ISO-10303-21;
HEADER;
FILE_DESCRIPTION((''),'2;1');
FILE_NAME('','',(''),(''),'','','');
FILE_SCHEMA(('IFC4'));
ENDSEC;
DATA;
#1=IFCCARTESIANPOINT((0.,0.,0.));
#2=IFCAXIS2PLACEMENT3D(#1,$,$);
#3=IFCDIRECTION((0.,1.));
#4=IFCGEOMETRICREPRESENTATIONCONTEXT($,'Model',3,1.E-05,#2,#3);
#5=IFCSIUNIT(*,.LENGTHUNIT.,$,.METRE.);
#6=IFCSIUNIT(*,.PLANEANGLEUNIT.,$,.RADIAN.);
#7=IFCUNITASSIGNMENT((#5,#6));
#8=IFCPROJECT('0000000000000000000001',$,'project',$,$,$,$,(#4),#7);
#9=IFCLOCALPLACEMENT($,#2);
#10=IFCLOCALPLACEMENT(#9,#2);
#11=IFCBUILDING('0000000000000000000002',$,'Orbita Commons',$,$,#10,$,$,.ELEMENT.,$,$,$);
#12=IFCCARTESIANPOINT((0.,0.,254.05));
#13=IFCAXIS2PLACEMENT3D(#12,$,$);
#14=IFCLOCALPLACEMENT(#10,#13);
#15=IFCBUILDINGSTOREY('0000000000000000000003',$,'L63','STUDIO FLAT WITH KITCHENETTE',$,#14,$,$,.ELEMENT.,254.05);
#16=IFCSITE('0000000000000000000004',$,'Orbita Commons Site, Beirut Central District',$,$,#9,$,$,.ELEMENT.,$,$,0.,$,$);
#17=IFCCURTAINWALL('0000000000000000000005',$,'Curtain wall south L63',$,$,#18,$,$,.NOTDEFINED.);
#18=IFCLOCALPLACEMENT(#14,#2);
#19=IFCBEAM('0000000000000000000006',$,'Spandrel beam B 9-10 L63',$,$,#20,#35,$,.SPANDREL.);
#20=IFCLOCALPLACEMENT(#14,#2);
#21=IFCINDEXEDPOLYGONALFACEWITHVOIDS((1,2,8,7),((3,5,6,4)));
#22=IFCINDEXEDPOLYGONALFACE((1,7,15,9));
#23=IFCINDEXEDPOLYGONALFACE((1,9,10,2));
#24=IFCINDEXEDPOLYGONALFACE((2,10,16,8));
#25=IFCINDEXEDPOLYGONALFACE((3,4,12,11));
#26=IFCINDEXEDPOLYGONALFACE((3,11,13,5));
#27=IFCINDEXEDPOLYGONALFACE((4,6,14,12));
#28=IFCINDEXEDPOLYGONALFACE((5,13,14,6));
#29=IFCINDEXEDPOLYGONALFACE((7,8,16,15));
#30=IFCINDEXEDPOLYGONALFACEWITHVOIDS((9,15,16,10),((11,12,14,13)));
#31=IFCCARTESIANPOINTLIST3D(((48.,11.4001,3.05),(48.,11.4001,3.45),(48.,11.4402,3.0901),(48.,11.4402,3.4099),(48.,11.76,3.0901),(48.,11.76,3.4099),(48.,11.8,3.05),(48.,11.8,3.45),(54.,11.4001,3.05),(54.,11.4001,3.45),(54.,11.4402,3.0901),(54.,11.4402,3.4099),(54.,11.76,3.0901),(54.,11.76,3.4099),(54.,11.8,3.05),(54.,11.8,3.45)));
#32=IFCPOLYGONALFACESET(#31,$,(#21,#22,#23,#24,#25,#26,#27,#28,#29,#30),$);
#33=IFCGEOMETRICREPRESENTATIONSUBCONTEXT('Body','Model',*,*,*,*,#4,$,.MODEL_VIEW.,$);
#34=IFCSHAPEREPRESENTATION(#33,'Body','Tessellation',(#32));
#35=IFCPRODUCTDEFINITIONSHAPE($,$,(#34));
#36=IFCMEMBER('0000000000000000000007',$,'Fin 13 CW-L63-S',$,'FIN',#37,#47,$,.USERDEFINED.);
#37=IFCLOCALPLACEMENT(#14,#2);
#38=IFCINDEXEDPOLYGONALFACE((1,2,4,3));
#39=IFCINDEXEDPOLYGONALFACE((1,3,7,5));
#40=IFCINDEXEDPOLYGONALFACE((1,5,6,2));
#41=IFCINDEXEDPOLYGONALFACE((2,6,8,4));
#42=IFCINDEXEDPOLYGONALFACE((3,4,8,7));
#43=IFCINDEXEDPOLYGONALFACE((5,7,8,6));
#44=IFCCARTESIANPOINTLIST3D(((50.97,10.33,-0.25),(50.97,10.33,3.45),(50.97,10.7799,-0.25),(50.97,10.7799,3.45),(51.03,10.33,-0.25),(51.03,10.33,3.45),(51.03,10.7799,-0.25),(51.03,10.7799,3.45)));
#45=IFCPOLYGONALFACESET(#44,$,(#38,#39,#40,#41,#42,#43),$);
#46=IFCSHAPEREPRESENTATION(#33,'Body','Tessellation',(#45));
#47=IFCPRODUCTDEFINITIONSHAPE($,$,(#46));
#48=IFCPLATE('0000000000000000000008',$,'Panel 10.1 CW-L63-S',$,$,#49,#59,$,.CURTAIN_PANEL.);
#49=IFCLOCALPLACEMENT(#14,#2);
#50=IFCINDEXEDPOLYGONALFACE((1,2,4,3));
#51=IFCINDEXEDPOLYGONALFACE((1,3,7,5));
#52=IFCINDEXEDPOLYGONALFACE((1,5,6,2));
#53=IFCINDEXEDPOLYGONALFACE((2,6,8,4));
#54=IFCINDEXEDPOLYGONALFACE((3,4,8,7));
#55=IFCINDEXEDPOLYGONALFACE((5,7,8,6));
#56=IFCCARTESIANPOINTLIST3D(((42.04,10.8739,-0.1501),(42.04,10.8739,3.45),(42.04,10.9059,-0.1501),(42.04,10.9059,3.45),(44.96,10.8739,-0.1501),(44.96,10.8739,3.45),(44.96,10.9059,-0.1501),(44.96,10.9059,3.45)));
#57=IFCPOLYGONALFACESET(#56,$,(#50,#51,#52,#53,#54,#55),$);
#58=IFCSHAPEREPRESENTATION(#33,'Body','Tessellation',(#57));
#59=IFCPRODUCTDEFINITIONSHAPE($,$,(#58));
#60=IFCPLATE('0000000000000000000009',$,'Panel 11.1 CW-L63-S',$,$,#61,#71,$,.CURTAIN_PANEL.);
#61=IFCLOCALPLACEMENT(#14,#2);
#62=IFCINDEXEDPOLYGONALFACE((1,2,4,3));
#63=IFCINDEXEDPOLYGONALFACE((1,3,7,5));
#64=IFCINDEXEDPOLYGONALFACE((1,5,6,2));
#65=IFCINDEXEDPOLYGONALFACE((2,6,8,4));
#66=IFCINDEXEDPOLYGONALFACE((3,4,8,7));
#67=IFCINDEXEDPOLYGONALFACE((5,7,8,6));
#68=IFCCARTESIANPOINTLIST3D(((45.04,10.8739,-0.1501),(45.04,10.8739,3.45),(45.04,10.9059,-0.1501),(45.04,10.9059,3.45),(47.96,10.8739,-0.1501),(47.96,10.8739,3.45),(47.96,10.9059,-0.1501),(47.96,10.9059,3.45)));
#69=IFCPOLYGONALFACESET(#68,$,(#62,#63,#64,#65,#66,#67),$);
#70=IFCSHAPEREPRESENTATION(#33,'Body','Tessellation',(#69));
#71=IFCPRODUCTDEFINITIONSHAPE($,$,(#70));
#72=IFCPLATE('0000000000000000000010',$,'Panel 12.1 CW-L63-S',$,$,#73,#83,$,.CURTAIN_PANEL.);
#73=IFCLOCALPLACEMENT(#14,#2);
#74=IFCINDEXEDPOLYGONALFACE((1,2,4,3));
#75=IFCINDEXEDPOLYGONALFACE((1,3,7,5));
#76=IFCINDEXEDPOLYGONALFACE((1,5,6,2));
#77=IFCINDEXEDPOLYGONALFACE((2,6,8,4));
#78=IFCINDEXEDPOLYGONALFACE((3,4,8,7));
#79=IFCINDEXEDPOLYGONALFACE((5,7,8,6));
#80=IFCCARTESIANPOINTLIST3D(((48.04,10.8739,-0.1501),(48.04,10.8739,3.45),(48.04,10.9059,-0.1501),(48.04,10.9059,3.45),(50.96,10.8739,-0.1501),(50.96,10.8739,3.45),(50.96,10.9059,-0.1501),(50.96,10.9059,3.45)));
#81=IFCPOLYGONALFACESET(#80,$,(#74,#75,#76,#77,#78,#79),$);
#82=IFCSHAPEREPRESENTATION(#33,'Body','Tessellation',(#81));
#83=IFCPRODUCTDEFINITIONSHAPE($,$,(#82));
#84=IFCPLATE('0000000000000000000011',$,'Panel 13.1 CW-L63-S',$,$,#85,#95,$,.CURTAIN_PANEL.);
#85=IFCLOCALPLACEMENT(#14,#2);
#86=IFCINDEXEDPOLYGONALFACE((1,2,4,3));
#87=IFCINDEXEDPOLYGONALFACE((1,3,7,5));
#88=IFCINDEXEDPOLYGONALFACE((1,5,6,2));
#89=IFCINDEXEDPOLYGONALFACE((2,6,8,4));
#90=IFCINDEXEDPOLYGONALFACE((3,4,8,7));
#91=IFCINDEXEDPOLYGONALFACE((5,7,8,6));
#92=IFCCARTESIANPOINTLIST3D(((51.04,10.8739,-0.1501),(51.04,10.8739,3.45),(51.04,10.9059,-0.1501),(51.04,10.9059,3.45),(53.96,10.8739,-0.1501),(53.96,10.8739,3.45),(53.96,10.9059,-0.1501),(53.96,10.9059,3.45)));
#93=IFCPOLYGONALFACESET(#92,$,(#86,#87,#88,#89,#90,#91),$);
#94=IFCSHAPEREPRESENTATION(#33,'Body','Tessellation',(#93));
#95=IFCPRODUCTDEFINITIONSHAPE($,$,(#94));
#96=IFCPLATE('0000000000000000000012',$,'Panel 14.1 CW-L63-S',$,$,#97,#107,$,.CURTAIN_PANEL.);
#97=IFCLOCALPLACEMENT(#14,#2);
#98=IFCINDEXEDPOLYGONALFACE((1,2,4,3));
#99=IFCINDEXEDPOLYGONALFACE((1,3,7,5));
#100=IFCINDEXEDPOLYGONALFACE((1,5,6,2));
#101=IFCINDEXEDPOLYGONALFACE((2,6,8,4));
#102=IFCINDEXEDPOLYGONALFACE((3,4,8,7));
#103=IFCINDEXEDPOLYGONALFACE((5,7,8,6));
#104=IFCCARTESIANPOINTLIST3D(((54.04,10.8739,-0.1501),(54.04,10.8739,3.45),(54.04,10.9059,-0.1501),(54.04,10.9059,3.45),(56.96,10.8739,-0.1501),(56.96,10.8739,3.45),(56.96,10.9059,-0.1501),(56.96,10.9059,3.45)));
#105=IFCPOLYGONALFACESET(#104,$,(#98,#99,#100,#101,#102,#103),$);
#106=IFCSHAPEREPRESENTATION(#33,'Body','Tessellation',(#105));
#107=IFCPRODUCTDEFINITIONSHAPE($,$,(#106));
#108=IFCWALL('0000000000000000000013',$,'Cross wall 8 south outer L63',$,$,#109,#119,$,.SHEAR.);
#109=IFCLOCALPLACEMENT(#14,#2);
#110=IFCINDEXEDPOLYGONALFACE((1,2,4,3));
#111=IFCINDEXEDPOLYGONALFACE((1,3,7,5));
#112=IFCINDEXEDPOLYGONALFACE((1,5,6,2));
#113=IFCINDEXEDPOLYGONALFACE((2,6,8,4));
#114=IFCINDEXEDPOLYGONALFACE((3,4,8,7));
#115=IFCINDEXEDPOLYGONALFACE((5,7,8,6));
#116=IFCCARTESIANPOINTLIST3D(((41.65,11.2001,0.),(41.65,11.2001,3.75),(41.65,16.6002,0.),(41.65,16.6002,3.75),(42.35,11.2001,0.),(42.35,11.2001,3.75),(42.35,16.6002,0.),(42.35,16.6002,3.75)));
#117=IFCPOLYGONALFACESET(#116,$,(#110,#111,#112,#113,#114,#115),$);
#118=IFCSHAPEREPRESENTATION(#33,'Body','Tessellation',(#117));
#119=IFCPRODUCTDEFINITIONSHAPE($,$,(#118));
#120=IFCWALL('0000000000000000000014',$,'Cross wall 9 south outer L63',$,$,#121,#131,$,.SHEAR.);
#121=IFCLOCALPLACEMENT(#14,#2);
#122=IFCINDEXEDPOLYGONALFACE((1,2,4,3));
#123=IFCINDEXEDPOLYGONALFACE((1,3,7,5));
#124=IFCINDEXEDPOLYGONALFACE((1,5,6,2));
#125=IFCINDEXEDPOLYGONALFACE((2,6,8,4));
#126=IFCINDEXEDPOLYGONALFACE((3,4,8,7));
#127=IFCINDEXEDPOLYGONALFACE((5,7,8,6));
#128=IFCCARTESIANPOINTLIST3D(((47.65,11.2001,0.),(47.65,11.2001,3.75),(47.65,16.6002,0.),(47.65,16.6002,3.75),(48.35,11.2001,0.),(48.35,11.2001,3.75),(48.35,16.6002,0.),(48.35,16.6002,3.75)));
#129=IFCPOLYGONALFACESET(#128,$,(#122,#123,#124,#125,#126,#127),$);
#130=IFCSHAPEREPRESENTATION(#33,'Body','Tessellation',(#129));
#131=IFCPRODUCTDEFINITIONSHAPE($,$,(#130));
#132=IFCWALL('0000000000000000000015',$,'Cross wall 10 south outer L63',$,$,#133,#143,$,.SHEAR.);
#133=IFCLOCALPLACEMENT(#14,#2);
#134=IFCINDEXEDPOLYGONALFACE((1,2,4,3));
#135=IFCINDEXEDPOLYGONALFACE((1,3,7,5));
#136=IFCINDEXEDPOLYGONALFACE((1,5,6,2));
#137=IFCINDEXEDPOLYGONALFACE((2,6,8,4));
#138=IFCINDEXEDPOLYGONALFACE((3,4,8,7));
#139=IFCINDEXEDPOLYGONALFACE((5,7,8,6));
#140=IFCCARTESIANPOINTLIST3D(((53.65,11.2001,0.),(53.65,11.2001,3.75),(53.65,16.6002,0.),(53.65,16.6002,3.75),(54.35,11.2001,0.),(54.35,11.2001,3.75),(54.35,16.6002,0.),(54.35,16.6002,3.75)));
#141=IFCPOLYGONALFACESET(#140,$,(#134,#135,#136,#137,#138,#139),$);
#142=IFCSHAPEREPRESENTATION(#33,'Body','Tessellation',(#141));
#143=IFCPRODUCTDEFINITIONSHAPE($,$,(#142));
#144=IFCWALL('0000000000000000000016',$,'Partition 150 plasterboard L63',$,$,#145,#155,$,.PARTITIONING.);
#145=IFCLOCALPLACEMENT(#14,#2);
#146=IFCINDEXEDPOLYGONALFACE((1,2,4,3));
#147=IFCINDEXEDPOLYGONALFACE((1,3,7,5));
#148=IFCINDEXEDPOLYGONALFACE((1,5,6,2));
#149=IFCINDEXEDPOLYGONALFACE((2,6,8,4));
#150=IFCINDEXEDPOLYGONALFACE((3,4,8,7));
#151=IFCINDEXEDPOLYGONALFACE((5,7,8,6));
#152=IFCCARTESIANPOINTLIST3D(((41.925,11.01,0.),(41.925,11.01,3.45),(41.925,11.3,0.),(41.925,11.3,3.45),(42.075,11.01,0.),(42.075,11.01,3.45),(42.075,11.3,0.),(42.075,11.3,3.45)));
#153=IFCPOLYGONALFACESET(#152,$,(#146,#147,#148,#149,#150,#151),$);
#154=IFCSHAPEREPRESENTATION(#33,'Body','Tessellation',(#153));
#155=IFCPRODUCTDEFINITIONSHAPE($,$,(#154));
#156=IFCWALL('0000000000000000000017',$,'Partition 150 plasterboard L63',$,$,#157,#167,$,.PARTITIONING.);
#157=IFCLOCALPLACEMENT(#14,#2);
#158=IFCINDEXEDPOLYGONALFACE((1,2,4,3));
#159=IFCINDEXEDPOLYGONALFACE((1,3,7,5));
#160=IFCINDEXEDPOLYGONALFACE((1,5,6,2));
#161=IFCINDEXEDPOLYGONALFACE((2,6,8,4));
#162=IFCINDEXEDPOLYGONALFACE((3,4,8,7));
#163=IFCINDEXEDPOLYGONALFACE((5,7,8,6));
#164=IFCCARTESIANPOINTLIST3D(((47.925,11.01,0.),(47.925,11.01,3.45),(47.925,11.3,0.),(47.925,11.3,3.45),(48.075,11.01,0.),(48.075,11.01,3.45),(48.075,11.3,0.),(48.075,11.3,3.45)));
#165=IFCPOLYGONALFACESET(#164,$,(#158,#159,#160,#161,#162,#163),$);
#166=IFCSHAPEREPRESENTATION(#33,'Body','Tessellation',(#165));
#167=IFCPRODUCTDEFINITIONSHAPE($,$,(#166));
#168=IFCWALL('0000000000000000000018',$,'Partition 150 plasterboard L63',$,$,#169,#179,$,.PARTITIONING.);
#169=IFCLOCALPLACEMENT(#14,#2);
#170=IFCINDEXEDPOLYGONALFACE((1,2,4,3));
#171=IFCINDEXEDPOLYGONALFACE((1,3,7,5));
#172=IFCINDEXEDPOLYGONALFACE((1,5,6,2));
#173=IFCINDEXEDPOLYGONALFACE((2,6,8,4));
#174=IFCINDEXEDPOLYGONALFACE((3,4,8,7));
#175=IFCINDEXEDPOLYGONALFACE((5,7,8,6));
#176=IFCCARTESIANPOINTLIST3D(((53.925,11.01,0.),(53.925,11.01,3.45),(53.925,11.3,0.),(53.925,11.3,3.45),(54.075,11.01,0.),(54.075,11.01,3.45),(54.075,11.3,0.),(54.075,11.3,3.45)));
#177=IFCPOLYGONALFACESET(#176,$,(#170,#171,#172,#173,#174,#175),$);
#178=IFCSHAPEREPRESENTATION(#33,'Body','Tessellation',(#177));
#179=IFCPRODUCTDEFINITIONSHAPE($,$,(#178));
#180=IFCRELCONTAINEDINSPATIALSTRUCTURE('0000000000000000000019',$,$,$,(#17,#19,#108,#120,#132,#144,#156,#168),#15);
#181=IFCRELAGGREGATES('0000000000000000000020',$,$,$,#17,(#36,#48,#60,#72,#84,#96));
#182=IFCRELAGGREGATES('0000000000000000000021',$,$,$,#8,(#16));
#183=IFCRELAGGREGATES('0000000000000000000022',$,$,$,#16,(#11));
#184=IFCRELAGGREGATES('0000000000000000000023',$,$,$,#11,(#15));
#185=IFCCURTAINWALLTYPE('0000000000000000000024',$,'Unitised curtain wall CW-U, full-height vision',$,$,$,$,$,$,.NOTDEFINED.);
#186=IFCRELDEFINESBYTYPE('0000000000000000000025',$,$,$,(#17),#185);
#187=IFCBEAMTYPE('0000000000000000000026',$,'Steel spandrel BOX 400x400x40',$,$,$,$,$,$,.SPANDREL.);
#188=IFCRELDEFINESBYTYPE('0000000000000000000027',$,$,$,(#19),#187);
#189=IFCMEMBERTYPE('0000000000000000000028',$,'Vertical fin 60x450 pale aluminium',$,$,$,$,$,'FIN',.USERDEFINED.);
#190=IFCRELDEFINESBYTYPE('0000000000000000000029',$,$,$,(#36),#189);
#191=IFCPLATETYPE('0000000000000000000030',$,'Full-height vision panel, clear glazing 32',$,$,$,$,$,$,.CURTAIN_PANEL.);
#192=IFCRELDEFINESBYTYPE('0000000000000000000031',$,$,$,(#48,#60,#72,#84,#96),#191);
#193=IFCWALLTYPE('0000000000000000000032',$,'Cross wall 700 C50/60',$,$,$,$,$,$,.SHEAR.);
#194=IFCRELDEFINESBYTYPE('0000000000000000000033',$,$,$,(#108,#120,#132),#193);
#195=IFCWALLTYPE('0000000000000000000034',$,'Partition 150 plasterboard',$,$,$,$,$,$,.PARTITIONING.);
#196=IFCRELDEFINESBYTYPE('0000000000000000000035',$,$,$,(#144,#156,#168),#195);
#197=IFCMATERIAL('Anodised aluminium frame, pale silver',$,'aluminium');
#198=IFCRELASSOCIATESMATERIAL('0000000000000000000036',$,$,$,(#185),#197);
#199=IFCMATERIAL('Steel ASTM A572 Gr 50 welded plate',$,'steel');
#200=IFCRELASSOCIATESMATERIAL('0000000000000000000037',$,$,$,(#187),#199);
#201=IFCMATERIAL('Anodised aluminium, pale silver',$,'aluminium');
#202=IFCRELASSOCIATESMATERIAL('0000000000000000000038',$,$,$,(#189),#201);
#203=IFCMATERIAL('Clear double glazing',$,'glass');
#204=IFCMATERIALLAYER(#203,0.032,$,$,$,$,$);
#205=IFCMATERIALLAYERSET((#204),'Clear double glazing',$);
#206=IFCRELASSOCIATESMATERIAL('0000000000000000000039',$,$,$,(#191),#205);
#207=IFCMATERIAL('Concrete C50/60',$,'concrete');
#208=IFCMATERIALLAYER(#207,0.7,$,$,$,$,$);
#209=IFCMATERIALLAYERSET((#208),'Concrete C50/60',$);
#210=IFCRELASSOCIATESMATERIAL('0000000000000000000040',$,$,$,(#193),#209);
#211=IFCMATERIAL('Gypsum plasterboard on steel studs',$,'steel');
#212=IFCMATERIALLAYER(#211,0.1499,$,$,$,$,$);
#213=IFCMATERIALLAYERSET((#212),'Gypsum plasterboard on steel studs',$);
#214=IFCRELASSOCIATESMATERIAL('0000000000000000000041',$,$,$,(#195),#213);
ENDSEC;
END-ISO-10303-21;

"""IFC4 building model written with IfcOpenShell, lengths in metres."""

from ifc_helpers import new_model, si_unit, direction, frame, frame_2d, origin, origin_2d, place, context, subcontext, project, spatial, rectangle, hollow_rectangle, extrude, material, layer, layer_set, material_profile, profile_set, type_object, element, aggregate, save


model = new_model("IFC4")

# Units and contexts
model_context = context("Model", 3, precision=1e-05, world=origin(), true_north=direction((0.0, 1.0)))
body_context = subcontext(model_context, "Body", "Model", "MODEL_VIEW")
ifc_project = project(units=[si_unit("LENGTHUNIT", "METRE"), si_unit("PLANEANGLEUNIT", "RADIAN")], contexts=[model_context])

# Site, building, storey
site_placement = place(None, origin())
site = spatial("IfcSite", under=ifc_project, at=site_placement, Name="Orbita Commons Site, Beirut Central District", CompositionType="ELEMENT", RefElevation=0.0)
building_placement = place(site_placement, origin())
building = spatial("IfcBuilding", under=site, at=building_placement, Name="Orbita Commons", CompositionType="ELEMENT")
storey_placement = place(building_placement, frame((0.0, 0.0, 254.05)))
storey = spatial("IfcBuildingStorey", under=building, at=storey_placement, Name="L63", Description="STUDIO FLAT WITH KITCHENETTE", CompositionType="ELEMENT", Elevation=254.05)

# Curtain wall
ifc_material_1 = material(Name="Anodised aluminium frame, pale silver", Category="aluminium")
curtain_wall_type = type_object("IfcCurtainWallType", Name="Unitised curtain wall CW-U, full-height vision", PredefinedType="NOTDEFINED", material=ifc_material_1)
curtain_wall_placement = place(storey_placement, origin())
curtain_wall = element("IfcCurtainWall", 1, at=curtain_wall_placement, inside=storey, type_object=curtain_wall_type, Name="Curtain wall south L63", PredefinedType="NOTDEFINED")

# Beam
ifc_material_2 = material(Name="Steel ASTM A572 Gr 50 welded plate", Category="steel")
ifc_material_profile_1 = material_profile(ifc_material_2, hollow_rectangle(XDim=0.3999, YDim=0.3999, WallThickness=0.04, at=origin_2d()), Name="BOX 400x400x40")
ifc_profile_set_1 = profile_set([ifc_material_profile_1], Name="Steel ASTM A572 Gr 50 welded plate")
beam_type = type_object("IfcBeamType", Name="Steel spandrel BOX 400x400x40", PredefinedType="SPANDREL", material=ifc_profile_set_1)
for number, where, z_axis, x_axis, name in (
    (2, (48.0, 11.6001, 3.25), (1.0, 0.0, 0.0), (0.0, 1.0, 0.0), "Spandrel beam B 9-10 L63"),
):
    element("IfcBeam", number, at=place(storey_placement, frame(where, z_axis=z_axis, x_axis=x_axis)), inside=storey, type_object=beam_type, Name=name, PredefinedType="SPANDREL", context=body_context, shape_type="SweptSolid", body=[
        extrude(hollow_rectangle(XDim=0.3999, YDim=0.3999, WallThickness=0.04, at=origin_2d()), origin(), (0.0, 0.0, 1.0), 6.0),
    ])

# Member
ifc_material_3 = material(Name="Anodised aluminium, pale silver", Category="aluminium")
ifc_material_profile_2 = material_profile(ifc_material_3, rectangle(XDim=0.0601, YDim=0.45, at=origin_2d()), Name="FIN 60x450")
ifc_profile_set_2 = profile_set([ifc_material_profile_2], Name="Anodised aluminium, pale silver")
member_type_1 = type_object("IfcMemberType", Name="Vertical fin 60x450 pale aluminium", ElementType="FIN", PredefinedType="USERDEFINED", material=ifc_profile_set_2)
member_1_placement = place(storey_placement, frame((51.0, 10.5549, -0.25), z_axis=(0.0, 0.0, 1.0), x_axis=(1.0, 0.0, 0.0)))
member_1 = element("IfcMember", 3, at=member_1_placement, type_object=member_type_1, Name="Fin 13 CW-L63-S", ObjectType="FIN", PredefinedType="USERDEFINED", context=body_context, shape_type="SweptSolid", body=[
    extrude(rectangle(XDim=0.0601, YDim=0.45, at=origin_2d()), origin(), (0.0, 0.0, 1.0), 3.7),
])

# Plates
ifc_material_4 = material(Name="Clear double glazing", Category="glass")
ifc_layer_1 = layer(ifc_material_4, 0.032)
ifc_layer_set_1 = layer_set([ifc_layer_1], Name="Clear double glazing")
plate_type = type_object("IfcPlateType", Name="Full-height vision panel, clear glazing 32", PredefinedType="CURTAIN_PANEL", material=ifc_layer_set_1)
plate_1_placement = place(storey_placement, frame((43.5, 10.8899, -0.1501), z_axis=(0.0, 0.0, 1.0), x_axis=(1.0, 0.0, 0.0)))
plate_1 = element("IfcPlate", 4, at=plate_1_placement, type_object=plate_type, Name="Panel 10.1 CW-L63-S", PredefinedType="CURTAIN_PANEL", context=body_context, shape_type="SweptSolid", body=[
    extrude(rectangle(XDim=2.9199, YDim=0.032, at=origin_2d()), origin(), (0.0, 0.0, 1.0), 3.6001),
])
plate_2_placement = place(storey_placement, frame((46.5, 10.8899, -0.1501), z_axis=(0.0, 0.0, 1.0), x_axis=(1.0, 0.0, 0.0)))
plate_2 = element("IfcPlate", 5, at=plate_2_placement, type_object=plate_type, Name="Panel 11.1 CW-L63-S", PredefinedType="CURTAIN_PANEL", context=body_context, shape_type="SweptSolid", body=[
    extrude(rectangle(XDim=2.9199, YDim=0.032, at=origin_2d()), origin(), (0.0, 0.0, 1.0), 3.6001),
])
plate_3_placement = place(storey_placement, frame((49.5, 10.8899, -0.1501), z_axis=(0.0, 0.0, 1.0), x_axis=(1.0, 0.0, 0.0)))
plate_3 = element("IfcPlate", 6, at=plate_3_placement, type_object=plate_type, Name="Panel 12.1 CW-L63-S", PredefinedType="CURTAIN_PANEL", context=body_context, shape_type="SweptSolid", body=[
    extrude(rectangle(XDim=2.9199, YDim=0.032, at=origin_2d()), origin(), (0.0, 0.0, 1.0), 3.6001),
])
plate_4_placement = place(storey_placement, frame((52.5, 10.8899, -0.1501), z_axis=(0.0, 0.0, 1.0), x_axis=(1.0, 0.0, 0.0)))
plate_4 = element("IfcPlate", 7, at=plate_4_placement, type_object=plate_type, Name="Panel 13.1 CW-L63-S", PredefinedType="CURTAIN_PANEL", context=body_context, shape_type="SweptSolid", body=[
    extrude(rectangle(XDim=2.9199, YDim=0.032, at=origin_2d()), origin(), (0.0, 0.0, 1.0), 3.6001),
])
plate_5_placement = place(storey_placement, frame((55.5, 10.8899, -0.1501), z_axis=(0.0, 0.0, 1.0), x_axis=(1.0, 0.0, 0.0)))
plate_5 = element("IfcPlate", 8, at=plate_5_placement, type_object=plate_type, Name="Panel 14.1 CW-L63-S", PredefinedType="CURTAIN_PANEL", context=body_context, shape_type="SweptSolid", body=[
    extrude(rectangle(XDim=2.9199, YDim=0.032, at=origin_2d()), origin(), (0.0, 0.0, 1.0), 3.6001),
])
aggregate(curtain_wall, [member_1, plate_1, plate_2, plate_3, plate_4, plate_5])

# Walls
ifc_material_5 = material(Name="Concrete C50/60", Category="concrete")
ifc_layer_2 = layer(ifc_material_5, 0.7)
ifc_layer_set_2 = layer_set([ifc_layer_2], Name="Concrete C50/60")
wall_type_1 = type_object("IfcWallType", Name="Cross wall 700 C50/60", PredefinedType="SHEAR", material=ifc_layer_set_2)
for number, where, z_axis, x_axis, name in (
    (9, (42.0, 11.2, 0.0), (0.0, 0.0, 1.0), (0.0, 1.0, 0.0), "Cross wall 8 south outer L63"),
    (10, (48.0, 11.2, 0.0), (0.0, 0.0, 1.0), (0.0, 1.0, 0.0), "Cross wall 9 south outer L63"),
    (11, (54.0, 11.2, 0.0), (0.0, 0.0, 1.0), (0.0, 1.0, 0.0), "Cross wall 10 south outer L63"),
):
    element("IfcWall", number, at=place(storey_placement, frame(where, z_axis=z_axis, x_axis=x_axis)), inside=storey, type_object=wall_type_1, Name=name, PredefinedType="SHEAR", context=body_context, shape_type="SweptSolid", body=[
        extrude(rectangle(XDim=5.4001, YDim=0.7, at=frame_2d((2.7002, 0.0))), origin(), (0.0, 0.0, 1.0), 3.75),
    ])
ifc_material_6 = material(Name="Gypsum plasterboard on steel studs", Category="steel")
ifc_layer_3 = layer(ifc_material_6, 0.1499)
ifc_layer_set_3 = layer_set([ifc_layer_3], Name="Gypsum plasterboard on steel studs")
wall_type_2 = type_object("IfcWallType", Name="Partition 150 plasterboard", PredefinedType="PARTITIONING", material=ifc_layer_set_3)
for number, where, z_axis, x_axis, name in (
    (12, (42.0, 11.3, 0.0), (0.0, 0.0, 1.0), (0.0, -1.0, 0.0), "Partition 150 plasterboard L63"),
    (13, (48.0, 11.3, 0.0), (0.0, 0.0, 1.0), (0.0, -1.0, 0.0), "Partition 150 plasterboard L63"),
    (14, (54.0, 11.3, 0.0), (0.0, 0.0, 1.0), (0.0, -1.0, 0.0), "Partition 150 plasterboard L63"),
):
    element("IfcWall", number, at=place(storey_placement, frame(where, z_axis=z_axis, x_axis=x_axis)), inside=storey, type_object=wall_type_2, Name=name, PredefinedType="PARTITIONING", context=body_context, shape_type="SweptSolid", body=[
        extrude(rectangle(XDim=0.29, YDim=0.1499, at=frame_2d((0.145, 0.0))), origin(), (0.0, 0.0, 1.0), 3.45),
    ])

save(model, "model.ifc")
